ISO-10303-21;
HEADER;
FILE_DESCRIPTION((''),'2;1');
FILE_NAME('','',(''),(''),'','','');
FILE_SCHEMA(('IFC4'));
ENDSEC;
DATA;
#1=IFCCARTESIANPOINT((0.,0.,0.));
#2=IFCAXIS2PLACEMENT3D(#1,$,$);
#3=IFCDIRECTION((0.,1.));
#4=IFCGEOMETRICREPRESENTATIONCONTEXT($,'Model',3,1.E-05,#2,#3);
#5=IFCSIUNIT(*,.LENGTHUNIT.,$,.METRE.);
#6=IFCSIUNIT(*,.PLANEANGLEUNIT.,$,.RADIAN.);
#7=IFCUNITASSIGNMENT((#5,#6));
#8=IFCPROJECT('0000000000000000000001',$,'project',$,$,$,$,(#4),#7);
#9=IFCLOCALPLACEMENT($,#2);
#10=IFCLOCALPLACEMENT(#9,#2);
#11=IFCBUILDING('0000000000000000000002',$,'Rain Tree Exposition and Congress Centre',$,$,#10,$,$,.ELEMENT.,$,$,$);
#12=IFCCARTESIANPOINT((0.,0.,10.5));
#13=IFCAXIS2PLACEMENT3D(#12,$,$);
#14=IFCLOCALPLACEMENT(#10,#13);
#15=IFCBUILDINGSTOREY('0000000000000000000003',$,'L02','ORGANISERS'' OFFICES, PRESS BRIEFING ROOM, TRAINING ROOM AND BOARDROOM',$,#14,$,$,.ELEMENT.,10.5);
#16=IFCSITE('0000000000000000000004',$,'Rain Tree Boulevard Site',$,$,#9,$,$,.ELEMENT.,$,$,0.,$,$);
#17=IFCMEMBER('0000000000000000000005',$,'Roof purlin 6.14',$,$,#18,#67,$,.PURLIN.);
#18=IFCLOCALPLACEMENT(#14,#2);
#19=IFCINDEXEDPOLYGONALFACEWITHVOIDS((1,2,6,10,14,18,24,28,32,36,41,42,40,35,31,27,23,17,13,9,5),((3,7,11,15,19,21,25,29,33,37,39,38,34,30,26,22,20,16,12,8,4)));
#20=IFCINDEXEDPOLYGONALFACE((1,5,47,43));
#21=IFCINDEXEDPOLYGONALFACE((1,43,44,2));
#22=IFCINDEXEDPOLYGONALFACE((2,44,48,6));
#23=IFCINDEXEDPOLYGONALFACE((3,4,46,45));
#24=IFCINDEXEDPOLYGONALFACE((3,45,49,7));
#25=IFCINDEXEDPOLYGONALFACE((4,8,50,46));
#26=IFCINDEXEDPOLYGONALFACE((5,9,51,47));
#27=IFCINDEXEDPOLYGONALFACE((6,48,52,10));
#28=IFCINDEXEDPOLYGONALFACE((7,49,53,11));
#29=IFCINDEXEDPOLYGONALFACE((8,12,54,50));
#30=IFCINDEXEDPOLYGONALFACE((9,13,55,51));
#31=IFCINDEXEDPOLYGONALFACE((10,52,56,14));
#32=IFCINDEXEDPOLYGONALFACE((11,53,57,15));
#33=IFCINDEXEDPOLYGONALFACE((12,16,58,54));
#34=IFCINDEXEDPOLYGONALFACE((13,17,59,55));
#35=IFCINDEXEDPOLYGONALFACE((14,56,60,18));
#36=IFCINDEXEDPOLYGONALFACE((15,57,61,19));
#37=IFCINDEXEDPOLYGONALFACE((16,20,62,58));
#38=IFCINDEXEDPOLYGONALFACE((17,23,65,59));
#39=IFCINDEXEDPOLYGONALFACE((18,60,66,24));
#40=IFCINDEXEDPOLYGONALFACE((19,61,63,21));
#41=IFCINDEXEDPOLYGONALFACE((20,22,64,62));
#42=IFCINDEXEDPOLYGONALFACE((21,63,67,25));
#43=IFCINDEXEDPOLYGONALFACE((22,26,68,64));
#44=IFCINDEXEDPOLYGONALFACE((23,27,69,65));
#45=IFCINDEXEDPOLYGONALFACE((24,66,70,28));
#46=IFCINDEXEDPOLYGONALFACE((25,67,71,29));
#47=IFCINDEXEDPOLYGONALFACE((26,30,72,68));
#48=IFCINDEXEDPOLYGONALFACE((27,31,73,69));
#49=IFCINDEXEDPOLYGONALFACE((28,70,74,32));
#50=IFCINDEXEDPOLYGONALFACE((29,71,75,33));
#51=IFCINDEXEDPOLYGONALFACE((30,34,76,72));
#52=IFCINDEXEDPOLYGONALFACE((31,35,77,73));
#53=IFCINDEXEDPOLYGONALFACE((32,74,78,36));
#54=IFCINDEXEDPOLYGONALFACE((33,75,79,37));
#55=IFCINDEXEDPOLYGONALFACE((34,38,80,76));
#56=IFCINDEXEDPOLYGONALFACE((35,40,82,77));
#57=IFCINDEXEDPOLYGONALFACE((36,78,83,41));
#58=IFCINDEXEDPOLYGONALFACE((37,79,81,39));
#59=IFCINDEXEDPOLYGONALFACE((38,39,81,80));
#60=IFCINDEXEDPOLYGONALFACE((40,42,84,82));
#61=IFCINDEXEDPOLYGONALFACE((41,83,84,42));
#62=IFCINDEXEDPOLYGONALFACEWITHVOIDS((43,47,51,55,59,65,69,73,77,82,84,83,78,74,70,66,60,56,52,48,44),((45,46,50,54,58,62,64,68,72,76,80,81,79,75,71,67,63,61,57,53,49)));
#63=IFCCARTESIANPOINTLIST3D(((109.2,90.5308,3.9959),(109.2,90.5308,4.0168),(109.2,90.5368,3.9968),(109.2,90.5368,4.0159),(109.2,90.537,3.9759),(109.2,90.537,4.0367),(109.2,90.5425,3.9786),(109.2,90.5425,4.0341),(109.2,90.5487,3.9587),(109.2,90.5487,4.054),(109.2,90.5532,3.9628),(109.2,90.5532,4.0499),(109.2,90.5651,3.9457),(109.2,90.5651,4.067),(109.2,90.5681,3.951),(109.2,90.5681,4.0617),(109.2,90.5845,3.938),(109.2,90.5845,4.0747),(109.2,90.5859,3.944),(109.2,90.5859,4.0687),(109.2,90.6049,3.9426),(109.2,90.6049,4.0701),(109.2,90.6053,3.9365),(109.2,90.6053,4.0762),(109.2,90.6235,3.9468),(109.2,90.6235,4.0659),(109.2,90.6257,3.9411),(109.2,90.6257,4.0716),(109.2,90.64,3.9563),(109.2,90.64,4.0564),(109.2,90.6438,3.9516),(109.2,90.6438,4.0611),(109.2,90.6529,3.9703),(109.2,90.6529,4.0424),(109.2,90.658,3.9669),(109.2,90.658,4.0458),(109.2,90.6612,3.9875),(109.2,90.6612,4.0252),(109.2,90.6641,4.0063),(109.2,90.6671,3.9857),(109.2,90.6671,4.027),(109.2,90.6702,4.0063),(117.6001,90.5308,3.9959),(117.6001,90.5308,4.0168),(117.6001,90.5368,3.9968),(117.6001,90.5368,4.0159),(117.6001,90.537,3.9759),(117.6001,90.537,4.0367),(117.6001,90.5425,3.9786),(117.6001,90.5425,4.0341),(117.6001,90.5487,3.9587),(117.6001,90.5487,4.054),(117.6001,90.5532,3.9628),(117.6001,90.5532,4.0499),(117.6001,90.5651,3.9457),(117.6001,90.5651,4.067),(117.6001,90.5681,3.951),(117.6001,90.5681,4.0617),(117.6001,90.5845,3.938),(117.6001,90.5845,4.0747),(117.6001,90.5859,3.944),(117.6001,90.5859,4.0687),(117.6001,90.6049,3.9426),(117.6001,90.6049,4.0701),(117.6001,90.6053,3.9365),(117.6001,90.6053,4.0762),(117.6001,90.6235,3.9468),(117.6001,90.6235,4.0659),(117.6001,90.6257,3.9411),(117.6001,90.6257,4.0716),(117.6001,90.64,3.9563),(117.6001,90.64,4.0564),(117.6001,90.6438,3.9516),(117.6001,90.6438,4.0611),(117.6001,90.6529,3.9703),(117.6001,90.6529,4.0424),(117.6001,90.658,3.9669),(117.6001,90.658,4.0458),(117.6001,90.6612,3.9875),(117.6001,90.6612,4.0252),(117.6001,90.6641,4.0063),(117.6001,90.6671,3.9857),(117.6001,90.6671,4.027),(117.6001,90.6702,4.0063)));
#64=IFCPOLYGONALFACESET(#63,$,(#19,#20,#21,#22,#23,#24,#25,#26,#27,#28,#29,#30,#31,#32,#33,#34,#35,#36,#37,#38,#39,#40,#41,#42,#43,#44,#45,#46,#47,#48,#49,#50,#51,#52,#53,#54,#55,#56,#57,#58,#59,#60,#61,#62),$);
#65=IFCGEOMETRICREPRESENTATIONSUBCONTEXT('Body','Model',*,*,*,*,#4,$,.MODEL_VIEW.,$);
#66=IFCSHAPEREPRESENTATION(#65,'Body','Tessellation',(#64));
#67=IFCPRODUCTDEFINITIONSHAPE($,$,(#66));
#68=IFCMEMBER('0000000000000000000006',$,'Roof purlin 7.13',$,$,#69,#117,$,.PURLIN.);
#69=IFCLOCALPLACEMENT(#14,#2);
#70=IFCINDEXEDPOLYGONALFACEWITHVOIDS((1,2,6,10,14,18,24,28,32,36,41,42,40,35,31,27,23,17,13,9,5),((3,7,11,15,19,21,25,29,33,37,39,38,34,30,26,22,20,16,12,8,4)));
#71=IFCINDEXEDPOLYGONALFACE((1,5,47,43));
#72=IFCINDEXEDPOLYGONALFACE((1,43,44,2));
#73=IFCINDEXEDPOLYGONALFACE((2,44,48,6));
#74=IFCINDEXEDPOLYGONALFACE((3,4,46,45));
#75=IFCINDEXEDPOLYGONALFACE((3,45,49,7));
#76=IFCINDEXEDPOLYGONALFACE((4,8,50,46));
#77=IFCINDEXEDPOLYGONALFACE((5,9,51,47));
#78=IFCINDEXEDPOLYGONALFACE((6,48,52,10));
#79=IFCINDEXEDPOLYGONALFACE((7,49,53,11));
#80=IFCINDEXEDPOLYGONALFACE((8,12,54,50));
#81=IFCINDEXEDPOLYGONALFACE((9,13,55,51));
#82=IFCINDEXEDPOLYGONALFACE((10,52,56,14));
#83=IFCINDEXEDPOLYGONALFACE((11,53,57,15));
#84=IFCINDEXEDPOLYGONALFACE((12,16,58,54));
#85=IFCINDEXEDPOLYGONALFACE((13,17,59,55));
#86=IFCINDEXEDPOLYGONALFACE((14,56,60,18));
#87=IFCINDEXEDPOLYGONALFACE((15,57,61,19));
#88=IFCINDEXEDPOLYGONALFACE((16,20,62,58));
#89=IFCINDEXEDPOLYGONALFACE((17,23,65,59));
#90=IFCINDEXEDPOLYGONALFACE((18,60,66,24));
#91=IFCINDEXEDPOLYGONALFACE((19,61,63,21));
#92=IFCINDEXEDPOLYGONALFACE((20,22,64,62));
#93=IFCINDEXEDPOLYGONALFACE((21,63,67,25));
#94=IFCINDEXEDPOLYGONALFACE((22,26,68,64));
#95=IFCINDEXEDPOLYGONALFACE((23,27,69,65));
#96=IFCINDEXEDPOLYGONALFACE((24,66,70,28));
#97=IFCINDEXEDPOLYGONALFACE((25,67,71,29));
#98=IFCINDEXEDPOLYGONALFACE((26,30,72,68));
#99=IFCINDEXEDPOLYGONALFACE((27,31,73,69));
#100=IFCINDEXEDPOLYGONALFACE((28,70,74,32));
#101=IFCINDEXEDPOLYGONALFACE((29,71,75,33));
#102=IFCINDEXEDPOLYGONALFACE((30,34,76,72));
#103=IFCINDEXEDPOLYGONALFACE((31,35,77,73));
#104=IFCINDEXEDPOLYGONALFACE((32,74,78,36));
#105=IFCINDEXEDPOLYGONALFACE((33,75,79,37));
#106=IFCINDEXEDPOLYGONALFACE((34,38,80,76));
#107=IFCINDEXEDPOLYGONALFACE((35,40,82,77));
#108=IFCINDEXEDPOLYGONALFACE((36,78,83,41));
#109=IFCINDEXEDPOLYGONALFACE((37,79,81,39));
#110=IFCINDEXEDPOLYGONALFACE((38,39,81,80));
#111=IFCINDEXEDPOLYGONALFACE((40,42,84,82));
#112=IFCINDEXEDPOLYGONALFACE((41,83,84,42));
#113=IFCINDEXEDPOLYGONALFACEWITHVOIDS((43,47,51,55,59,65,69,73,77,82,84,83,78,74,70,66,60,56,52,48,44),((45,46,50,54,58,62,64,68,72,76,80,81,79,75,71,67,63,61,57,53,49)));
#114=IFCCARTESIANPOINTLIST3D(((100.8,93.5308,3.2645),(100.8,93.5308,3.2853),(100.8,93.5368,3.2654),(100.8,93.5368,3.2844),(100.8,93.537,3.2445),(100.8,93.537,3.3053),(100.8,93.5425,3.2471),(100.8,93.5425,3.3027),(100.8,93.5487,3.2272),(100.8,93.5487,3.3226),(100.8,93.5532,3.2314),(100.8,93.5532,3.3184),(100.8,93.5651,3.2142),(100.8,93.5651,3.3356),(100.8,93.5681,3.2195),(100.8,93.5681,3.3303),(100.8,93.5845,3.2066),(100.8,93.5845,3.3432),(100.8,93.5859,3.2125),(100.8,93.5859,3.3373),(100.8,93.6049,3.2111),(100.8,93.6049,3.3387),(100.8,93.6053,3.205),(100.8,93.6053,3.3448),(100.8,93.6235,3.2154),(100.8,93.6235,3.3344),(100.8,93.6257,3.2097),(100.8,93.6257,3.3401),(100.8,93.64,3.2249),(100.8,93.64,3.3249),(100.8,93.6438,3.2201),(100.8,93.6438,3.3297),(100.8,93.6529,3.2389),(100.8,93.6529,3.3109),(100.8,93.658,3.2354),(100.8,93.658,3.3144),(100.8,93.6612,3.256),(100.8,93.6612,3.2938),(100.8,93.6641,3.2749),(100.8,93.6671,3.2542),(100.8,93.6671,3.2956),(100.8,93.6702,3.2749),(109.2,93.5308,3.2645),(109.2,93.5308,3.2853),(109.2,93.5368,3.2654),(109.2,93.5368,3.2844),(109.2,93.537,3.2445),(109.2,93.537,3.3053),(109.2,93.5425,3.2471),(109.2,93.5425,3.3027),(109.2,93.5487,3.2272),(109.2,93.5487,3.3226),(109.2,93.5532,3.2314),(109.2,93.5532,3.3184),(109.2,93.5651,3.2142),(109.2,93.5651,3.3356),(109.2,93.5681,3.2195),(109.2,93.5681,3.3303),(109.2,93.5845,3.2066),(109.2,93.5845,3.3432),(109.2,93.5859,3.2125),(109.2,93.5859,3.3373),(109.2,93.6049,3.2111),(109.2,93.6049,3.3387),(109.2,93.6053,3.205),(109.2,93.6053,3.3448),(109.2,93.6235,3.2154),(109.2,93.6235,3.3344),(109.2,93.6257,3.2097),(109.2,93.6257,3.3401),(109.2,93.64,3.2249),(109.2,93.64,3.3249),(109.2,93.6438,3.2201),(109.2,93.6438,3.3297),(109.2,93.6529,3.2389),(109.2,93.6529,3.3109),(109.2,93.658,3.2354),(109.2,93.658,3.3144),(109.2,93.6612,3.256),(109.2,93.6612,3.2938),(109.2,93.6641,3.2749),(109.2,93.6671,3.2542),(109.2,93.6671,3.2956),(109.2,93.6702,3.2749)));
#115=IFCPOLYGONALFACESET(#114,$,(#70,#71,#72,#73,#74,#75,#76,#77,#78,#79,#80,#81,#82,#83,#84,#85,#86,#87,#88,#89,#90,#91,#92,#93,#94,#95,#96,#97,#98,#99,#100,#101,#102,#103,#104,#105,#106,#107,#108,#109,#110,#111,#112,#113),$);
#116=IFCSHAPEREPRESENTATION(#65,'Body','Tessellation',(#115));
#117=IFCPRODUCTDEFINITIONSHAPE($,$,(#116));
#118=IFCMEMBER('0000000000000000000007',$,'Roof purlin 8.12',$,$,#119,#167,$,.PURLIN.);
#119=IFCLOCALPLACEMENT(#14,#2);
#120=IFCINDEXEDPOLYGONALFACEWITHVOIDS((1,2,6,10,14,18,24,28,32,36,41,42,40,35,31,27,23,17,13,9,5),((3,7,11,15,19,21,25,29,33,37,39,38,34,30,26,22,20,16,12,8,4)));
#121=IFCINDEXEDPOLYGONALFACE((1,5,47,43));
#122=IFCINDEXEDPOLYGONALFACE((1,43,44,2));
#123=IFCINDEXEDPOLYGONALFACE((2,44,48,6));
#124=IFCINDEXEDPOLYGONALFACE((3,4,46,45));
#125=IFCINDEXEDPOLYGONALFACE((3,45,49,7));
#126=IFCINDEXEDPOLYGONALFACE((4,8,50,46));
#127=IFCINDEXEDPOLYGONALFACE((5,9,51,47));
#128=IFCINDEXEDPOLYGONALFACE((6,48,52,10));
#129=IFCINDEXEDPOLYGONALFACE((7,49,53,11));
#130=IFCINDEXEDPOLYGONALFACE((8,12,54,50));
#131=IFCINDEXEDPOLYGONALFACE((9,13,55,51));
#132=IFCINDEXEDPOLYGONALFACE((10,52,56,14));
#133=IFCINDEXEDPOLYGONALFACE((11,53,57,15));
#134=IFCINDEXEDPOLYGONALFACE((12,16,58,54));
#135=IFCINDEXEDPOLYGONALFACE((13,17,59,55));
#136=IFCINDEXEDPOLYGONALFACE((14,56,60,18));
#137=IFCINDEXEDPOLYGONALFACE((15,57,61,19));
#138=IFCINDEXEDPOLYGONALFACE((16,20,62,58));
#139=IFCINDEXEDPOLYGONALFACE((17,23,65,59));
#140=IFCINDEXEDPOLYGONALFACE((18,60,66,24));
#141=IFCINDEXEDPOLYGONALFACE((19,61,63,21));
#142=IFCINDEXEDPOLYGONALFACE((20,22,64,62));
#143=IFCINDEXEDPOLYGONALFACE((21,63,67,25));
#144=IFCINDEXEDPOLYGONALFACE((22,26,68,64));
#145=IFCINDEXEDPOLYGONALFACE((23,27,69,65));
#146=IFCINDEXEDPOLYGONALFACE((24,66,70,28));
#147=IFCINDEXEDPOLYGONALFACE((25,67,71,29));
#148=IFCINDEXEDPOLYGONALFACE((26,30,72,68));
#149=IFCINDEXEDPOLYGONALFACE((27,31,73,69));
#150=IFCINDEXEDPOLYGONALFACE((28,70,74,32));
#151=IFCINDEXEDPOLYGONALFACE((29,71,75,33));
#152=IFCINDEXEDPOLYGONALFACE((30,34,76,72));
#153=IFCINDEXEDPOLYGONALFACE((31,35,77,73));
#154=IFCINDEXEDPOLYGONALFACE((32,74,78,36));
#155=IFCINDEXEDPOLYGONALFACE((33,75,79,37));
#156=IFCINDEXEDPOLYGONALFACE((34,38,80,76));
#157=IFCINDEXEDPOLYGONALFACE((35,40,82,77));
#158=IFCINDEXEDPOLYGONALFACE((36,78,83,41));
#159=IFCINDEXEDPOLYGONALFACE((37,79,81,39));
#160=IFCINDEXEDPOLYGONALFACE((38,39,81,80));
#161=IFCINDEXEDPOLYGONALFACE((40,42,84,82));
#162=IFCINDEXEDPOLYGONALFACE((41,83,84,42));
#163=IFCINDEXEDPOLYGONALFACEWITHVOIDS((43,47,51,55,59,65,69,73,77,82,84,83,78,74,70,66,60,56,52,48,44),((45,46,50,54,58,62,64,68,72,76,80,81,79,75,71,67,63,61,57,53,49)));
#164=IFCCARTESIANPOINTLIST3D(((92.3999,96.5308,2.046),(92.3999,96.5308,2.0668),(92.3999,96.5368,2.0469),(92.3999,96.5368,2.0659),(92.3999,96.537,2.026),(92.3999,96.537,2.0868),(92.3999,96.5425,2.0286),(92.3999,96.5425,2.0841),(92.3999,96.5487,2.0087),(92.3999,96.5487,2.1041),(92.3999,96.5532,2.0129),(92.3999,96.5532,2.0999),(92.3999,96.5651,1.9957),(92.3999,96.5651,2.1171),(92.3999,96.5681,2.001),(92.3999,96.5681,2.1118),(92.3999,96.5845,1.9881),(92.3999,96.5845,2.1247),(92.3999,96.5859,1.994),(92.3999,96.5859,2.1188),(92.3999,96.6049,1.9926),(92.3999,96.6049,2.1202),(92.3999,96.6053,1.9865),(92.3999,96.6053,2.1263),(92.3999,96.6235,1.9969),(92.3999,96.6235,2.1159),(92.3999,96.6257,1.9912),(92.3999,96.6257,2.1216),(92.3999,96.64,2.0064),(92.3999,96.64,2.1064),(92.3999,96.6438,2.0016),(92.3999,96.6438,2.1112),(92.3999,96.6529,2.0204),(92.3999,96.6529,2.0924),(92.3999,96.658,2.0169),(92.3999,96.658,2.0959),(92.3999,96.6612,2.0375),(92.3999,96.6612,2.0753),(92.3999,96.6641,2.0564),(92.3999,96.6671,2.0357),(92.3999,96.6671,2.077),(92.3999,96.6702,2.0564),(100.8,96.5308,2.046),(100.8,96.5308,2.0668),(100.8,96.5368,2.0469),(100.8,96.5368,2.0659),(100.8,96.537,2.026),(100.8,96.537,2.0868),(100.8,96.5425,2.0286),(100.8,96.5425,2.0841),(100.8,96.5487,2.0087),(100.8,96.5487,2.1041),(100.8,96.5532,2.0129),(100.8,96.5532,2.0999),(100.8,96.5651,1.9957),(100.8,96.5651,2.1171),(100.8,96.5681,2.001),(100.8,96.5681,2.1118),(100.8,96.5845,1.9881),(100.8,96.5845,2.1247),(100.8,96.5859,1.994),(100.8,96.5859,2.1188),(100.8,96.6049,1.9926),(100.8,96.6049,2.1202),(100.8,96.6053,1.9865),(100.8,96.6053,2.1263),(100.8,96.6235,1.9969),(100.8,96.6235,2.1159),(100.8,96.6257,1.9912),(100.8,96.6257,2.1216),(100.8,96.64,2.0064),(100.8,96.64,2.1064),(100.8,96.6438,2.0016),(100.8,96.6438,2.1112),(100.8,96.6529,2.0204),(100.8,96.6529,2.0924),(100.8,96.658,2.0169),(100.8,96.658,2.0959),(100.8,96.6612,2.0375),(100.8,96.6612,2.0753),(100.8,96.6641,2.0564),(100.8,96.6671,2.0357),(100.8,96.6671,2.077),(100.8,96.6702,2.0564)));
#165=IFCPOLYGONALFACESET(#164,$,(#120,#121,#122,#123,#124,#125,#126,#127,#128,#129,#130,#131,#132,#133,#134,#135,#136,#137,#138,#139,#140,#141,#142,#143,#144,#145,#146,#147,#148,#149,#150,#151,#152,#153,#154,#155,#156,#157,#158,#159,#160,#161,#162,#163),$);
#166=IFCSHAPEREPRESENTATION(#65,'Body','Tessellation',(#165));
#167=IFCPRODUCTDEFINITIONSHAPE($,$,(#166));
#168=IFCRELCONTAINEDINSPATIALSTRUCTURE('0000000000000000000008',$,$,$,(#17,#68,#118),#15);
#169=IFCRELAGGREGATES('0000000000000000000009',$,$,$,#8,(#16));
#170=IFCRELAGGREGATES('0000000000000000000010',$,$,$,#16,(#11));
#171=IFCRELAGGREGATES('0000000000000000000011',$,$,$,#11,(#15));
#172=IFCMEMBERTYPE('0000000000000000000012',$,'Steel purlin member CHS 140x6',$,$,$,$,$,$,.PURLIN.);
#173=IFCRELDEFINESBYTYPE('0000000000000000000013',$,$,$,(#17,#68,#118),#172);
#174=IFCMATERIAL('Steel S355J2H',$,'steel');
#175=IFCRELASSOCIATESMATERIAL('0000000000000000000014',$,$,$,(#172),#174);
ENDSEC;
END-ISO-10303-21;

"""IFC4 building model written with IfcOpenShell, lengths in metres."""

from ifc_helpers import new_model, si_unit, direction, frame, origin, origin_2d, place, context, subcontext, project, spatial, hollow_circle, extrude, material, material_profile, profile_set, type_object, element, save


model = new_model("IFC4")

# Units and contexts
model_context = context("Model", 3, precision=1e-05, world=origin(), true_north=direction((0.0, 1.0)))
body_context = subcontext(model_context, "Body", "Model", "MODEL_VIEW")
ifc_project = project(units=[si_unit("LENGTHUNIT", "METRE"), si_unit("PLANEANGLEUNIT", "RADIAN")], contexts=[model_context])

# Site, building, storey
site_placement = place(None, origin())
site = spatial("IfcSite", under=ifc_project, at=site_placement, Name="Rain Tree Boulevard Site", CompositionType="ELEMENT", RefElevation=0.0)
building_placement = place(site_placement, origin())
building = spatial("IfcBuilding", under=site, at=building_placement, Name="Rain Tree Exposition and Congress Centre", CompositionType="ELEMENT")
storey_placement = place(building_placement, frame((0.0, 0.0, 10.5)))
storey = spatial("IfcBuildingStorey", under=building, at=storey_placement, Name="L02", Description="ORGANISERS' OFFICES, PRESS BRIEFING ROOM, TRAINING ROOM AND BOARDROOM", CompositionType="ELEMENT", Elevation=10.5)

# Members
ifc_material_1 = material(Name="Steel S355J2H", Category="steel")
ifc_material_profile_1 = material_profile(ifc_material_1, hollow_circle(Radius=0.0701, WallThickness=0.0061, at=origin_2d()), Name="CHS 140x6")
ifc_profile_set_1 = profile_set([ifc_material_profile_1], Name="Steel S355J2H")
member_type_1 = type_object("IfcMemberType", Name="Steel purlin member CHS 140x6", PredefinedType="PURLIN", material=ifc_profile_set_1)
member_1_placement = place(storey_placement, frame((109.2, 90.6001, 4.0063), z_axis=(1.0, 0.0, 0.0), x_axis=(0.0, 1.0, 0.0)))
element("IfcMember", 1, at=member_1_placement, inside=storey, type_object=member_type_1, Name="Roof purlin 6.14", PredefinedType="PURLIN", context=body_context, shape_type="SweptSolid", body=[
    extrude(hollow_circle(Radius=0.0701, WallThickness=0.0061, at=origin_2d()), origin(), (0.0, 0.0, 1.0), 8.4001),
])
member_2_placement = place(storey_placement, frame((100.8, 93.6001, 3.2749), z_axis=(1.0, 0.0, 0.0), x_axis=(0.0, 1.0, 0.0)))
element("IfcMember", 2, at=member_2_placement, inside=storey, type_object=member_type_1, Name="Roof purlin 7.13", PredefinedType="PURLIN", context=body_context, shape_type="SweptSolid", body=[
    extrude(hollow_circle(Radius=0.0701, WallThickness=0.0061, at=origin_2d()), origin(), (0.0, 0.0, 1.0), 8.3999),
])
member_3_placement = place(storey_placement, frame((92.3999, 96.6001, 2.0564), z_axis=(1.0, 0.0, 0.0), x_axis=(0.0, 1.0, 0.0)))
element("IfcMember", 3, at=member_3_placement, inside=storey, type_object=member_type_1, Name="Roof purlin 8.12", PredefinedType="PURLIN", context=body_context, shape_type="SweptSolid", body=[
    extrude(hollow_circle(Radius=0.0701, WallThickness=0.0061, at=origin_2d()), origin(), (0.0, 0.0, 1.0), 8.4001),
])

save(model, "model.ifc")
